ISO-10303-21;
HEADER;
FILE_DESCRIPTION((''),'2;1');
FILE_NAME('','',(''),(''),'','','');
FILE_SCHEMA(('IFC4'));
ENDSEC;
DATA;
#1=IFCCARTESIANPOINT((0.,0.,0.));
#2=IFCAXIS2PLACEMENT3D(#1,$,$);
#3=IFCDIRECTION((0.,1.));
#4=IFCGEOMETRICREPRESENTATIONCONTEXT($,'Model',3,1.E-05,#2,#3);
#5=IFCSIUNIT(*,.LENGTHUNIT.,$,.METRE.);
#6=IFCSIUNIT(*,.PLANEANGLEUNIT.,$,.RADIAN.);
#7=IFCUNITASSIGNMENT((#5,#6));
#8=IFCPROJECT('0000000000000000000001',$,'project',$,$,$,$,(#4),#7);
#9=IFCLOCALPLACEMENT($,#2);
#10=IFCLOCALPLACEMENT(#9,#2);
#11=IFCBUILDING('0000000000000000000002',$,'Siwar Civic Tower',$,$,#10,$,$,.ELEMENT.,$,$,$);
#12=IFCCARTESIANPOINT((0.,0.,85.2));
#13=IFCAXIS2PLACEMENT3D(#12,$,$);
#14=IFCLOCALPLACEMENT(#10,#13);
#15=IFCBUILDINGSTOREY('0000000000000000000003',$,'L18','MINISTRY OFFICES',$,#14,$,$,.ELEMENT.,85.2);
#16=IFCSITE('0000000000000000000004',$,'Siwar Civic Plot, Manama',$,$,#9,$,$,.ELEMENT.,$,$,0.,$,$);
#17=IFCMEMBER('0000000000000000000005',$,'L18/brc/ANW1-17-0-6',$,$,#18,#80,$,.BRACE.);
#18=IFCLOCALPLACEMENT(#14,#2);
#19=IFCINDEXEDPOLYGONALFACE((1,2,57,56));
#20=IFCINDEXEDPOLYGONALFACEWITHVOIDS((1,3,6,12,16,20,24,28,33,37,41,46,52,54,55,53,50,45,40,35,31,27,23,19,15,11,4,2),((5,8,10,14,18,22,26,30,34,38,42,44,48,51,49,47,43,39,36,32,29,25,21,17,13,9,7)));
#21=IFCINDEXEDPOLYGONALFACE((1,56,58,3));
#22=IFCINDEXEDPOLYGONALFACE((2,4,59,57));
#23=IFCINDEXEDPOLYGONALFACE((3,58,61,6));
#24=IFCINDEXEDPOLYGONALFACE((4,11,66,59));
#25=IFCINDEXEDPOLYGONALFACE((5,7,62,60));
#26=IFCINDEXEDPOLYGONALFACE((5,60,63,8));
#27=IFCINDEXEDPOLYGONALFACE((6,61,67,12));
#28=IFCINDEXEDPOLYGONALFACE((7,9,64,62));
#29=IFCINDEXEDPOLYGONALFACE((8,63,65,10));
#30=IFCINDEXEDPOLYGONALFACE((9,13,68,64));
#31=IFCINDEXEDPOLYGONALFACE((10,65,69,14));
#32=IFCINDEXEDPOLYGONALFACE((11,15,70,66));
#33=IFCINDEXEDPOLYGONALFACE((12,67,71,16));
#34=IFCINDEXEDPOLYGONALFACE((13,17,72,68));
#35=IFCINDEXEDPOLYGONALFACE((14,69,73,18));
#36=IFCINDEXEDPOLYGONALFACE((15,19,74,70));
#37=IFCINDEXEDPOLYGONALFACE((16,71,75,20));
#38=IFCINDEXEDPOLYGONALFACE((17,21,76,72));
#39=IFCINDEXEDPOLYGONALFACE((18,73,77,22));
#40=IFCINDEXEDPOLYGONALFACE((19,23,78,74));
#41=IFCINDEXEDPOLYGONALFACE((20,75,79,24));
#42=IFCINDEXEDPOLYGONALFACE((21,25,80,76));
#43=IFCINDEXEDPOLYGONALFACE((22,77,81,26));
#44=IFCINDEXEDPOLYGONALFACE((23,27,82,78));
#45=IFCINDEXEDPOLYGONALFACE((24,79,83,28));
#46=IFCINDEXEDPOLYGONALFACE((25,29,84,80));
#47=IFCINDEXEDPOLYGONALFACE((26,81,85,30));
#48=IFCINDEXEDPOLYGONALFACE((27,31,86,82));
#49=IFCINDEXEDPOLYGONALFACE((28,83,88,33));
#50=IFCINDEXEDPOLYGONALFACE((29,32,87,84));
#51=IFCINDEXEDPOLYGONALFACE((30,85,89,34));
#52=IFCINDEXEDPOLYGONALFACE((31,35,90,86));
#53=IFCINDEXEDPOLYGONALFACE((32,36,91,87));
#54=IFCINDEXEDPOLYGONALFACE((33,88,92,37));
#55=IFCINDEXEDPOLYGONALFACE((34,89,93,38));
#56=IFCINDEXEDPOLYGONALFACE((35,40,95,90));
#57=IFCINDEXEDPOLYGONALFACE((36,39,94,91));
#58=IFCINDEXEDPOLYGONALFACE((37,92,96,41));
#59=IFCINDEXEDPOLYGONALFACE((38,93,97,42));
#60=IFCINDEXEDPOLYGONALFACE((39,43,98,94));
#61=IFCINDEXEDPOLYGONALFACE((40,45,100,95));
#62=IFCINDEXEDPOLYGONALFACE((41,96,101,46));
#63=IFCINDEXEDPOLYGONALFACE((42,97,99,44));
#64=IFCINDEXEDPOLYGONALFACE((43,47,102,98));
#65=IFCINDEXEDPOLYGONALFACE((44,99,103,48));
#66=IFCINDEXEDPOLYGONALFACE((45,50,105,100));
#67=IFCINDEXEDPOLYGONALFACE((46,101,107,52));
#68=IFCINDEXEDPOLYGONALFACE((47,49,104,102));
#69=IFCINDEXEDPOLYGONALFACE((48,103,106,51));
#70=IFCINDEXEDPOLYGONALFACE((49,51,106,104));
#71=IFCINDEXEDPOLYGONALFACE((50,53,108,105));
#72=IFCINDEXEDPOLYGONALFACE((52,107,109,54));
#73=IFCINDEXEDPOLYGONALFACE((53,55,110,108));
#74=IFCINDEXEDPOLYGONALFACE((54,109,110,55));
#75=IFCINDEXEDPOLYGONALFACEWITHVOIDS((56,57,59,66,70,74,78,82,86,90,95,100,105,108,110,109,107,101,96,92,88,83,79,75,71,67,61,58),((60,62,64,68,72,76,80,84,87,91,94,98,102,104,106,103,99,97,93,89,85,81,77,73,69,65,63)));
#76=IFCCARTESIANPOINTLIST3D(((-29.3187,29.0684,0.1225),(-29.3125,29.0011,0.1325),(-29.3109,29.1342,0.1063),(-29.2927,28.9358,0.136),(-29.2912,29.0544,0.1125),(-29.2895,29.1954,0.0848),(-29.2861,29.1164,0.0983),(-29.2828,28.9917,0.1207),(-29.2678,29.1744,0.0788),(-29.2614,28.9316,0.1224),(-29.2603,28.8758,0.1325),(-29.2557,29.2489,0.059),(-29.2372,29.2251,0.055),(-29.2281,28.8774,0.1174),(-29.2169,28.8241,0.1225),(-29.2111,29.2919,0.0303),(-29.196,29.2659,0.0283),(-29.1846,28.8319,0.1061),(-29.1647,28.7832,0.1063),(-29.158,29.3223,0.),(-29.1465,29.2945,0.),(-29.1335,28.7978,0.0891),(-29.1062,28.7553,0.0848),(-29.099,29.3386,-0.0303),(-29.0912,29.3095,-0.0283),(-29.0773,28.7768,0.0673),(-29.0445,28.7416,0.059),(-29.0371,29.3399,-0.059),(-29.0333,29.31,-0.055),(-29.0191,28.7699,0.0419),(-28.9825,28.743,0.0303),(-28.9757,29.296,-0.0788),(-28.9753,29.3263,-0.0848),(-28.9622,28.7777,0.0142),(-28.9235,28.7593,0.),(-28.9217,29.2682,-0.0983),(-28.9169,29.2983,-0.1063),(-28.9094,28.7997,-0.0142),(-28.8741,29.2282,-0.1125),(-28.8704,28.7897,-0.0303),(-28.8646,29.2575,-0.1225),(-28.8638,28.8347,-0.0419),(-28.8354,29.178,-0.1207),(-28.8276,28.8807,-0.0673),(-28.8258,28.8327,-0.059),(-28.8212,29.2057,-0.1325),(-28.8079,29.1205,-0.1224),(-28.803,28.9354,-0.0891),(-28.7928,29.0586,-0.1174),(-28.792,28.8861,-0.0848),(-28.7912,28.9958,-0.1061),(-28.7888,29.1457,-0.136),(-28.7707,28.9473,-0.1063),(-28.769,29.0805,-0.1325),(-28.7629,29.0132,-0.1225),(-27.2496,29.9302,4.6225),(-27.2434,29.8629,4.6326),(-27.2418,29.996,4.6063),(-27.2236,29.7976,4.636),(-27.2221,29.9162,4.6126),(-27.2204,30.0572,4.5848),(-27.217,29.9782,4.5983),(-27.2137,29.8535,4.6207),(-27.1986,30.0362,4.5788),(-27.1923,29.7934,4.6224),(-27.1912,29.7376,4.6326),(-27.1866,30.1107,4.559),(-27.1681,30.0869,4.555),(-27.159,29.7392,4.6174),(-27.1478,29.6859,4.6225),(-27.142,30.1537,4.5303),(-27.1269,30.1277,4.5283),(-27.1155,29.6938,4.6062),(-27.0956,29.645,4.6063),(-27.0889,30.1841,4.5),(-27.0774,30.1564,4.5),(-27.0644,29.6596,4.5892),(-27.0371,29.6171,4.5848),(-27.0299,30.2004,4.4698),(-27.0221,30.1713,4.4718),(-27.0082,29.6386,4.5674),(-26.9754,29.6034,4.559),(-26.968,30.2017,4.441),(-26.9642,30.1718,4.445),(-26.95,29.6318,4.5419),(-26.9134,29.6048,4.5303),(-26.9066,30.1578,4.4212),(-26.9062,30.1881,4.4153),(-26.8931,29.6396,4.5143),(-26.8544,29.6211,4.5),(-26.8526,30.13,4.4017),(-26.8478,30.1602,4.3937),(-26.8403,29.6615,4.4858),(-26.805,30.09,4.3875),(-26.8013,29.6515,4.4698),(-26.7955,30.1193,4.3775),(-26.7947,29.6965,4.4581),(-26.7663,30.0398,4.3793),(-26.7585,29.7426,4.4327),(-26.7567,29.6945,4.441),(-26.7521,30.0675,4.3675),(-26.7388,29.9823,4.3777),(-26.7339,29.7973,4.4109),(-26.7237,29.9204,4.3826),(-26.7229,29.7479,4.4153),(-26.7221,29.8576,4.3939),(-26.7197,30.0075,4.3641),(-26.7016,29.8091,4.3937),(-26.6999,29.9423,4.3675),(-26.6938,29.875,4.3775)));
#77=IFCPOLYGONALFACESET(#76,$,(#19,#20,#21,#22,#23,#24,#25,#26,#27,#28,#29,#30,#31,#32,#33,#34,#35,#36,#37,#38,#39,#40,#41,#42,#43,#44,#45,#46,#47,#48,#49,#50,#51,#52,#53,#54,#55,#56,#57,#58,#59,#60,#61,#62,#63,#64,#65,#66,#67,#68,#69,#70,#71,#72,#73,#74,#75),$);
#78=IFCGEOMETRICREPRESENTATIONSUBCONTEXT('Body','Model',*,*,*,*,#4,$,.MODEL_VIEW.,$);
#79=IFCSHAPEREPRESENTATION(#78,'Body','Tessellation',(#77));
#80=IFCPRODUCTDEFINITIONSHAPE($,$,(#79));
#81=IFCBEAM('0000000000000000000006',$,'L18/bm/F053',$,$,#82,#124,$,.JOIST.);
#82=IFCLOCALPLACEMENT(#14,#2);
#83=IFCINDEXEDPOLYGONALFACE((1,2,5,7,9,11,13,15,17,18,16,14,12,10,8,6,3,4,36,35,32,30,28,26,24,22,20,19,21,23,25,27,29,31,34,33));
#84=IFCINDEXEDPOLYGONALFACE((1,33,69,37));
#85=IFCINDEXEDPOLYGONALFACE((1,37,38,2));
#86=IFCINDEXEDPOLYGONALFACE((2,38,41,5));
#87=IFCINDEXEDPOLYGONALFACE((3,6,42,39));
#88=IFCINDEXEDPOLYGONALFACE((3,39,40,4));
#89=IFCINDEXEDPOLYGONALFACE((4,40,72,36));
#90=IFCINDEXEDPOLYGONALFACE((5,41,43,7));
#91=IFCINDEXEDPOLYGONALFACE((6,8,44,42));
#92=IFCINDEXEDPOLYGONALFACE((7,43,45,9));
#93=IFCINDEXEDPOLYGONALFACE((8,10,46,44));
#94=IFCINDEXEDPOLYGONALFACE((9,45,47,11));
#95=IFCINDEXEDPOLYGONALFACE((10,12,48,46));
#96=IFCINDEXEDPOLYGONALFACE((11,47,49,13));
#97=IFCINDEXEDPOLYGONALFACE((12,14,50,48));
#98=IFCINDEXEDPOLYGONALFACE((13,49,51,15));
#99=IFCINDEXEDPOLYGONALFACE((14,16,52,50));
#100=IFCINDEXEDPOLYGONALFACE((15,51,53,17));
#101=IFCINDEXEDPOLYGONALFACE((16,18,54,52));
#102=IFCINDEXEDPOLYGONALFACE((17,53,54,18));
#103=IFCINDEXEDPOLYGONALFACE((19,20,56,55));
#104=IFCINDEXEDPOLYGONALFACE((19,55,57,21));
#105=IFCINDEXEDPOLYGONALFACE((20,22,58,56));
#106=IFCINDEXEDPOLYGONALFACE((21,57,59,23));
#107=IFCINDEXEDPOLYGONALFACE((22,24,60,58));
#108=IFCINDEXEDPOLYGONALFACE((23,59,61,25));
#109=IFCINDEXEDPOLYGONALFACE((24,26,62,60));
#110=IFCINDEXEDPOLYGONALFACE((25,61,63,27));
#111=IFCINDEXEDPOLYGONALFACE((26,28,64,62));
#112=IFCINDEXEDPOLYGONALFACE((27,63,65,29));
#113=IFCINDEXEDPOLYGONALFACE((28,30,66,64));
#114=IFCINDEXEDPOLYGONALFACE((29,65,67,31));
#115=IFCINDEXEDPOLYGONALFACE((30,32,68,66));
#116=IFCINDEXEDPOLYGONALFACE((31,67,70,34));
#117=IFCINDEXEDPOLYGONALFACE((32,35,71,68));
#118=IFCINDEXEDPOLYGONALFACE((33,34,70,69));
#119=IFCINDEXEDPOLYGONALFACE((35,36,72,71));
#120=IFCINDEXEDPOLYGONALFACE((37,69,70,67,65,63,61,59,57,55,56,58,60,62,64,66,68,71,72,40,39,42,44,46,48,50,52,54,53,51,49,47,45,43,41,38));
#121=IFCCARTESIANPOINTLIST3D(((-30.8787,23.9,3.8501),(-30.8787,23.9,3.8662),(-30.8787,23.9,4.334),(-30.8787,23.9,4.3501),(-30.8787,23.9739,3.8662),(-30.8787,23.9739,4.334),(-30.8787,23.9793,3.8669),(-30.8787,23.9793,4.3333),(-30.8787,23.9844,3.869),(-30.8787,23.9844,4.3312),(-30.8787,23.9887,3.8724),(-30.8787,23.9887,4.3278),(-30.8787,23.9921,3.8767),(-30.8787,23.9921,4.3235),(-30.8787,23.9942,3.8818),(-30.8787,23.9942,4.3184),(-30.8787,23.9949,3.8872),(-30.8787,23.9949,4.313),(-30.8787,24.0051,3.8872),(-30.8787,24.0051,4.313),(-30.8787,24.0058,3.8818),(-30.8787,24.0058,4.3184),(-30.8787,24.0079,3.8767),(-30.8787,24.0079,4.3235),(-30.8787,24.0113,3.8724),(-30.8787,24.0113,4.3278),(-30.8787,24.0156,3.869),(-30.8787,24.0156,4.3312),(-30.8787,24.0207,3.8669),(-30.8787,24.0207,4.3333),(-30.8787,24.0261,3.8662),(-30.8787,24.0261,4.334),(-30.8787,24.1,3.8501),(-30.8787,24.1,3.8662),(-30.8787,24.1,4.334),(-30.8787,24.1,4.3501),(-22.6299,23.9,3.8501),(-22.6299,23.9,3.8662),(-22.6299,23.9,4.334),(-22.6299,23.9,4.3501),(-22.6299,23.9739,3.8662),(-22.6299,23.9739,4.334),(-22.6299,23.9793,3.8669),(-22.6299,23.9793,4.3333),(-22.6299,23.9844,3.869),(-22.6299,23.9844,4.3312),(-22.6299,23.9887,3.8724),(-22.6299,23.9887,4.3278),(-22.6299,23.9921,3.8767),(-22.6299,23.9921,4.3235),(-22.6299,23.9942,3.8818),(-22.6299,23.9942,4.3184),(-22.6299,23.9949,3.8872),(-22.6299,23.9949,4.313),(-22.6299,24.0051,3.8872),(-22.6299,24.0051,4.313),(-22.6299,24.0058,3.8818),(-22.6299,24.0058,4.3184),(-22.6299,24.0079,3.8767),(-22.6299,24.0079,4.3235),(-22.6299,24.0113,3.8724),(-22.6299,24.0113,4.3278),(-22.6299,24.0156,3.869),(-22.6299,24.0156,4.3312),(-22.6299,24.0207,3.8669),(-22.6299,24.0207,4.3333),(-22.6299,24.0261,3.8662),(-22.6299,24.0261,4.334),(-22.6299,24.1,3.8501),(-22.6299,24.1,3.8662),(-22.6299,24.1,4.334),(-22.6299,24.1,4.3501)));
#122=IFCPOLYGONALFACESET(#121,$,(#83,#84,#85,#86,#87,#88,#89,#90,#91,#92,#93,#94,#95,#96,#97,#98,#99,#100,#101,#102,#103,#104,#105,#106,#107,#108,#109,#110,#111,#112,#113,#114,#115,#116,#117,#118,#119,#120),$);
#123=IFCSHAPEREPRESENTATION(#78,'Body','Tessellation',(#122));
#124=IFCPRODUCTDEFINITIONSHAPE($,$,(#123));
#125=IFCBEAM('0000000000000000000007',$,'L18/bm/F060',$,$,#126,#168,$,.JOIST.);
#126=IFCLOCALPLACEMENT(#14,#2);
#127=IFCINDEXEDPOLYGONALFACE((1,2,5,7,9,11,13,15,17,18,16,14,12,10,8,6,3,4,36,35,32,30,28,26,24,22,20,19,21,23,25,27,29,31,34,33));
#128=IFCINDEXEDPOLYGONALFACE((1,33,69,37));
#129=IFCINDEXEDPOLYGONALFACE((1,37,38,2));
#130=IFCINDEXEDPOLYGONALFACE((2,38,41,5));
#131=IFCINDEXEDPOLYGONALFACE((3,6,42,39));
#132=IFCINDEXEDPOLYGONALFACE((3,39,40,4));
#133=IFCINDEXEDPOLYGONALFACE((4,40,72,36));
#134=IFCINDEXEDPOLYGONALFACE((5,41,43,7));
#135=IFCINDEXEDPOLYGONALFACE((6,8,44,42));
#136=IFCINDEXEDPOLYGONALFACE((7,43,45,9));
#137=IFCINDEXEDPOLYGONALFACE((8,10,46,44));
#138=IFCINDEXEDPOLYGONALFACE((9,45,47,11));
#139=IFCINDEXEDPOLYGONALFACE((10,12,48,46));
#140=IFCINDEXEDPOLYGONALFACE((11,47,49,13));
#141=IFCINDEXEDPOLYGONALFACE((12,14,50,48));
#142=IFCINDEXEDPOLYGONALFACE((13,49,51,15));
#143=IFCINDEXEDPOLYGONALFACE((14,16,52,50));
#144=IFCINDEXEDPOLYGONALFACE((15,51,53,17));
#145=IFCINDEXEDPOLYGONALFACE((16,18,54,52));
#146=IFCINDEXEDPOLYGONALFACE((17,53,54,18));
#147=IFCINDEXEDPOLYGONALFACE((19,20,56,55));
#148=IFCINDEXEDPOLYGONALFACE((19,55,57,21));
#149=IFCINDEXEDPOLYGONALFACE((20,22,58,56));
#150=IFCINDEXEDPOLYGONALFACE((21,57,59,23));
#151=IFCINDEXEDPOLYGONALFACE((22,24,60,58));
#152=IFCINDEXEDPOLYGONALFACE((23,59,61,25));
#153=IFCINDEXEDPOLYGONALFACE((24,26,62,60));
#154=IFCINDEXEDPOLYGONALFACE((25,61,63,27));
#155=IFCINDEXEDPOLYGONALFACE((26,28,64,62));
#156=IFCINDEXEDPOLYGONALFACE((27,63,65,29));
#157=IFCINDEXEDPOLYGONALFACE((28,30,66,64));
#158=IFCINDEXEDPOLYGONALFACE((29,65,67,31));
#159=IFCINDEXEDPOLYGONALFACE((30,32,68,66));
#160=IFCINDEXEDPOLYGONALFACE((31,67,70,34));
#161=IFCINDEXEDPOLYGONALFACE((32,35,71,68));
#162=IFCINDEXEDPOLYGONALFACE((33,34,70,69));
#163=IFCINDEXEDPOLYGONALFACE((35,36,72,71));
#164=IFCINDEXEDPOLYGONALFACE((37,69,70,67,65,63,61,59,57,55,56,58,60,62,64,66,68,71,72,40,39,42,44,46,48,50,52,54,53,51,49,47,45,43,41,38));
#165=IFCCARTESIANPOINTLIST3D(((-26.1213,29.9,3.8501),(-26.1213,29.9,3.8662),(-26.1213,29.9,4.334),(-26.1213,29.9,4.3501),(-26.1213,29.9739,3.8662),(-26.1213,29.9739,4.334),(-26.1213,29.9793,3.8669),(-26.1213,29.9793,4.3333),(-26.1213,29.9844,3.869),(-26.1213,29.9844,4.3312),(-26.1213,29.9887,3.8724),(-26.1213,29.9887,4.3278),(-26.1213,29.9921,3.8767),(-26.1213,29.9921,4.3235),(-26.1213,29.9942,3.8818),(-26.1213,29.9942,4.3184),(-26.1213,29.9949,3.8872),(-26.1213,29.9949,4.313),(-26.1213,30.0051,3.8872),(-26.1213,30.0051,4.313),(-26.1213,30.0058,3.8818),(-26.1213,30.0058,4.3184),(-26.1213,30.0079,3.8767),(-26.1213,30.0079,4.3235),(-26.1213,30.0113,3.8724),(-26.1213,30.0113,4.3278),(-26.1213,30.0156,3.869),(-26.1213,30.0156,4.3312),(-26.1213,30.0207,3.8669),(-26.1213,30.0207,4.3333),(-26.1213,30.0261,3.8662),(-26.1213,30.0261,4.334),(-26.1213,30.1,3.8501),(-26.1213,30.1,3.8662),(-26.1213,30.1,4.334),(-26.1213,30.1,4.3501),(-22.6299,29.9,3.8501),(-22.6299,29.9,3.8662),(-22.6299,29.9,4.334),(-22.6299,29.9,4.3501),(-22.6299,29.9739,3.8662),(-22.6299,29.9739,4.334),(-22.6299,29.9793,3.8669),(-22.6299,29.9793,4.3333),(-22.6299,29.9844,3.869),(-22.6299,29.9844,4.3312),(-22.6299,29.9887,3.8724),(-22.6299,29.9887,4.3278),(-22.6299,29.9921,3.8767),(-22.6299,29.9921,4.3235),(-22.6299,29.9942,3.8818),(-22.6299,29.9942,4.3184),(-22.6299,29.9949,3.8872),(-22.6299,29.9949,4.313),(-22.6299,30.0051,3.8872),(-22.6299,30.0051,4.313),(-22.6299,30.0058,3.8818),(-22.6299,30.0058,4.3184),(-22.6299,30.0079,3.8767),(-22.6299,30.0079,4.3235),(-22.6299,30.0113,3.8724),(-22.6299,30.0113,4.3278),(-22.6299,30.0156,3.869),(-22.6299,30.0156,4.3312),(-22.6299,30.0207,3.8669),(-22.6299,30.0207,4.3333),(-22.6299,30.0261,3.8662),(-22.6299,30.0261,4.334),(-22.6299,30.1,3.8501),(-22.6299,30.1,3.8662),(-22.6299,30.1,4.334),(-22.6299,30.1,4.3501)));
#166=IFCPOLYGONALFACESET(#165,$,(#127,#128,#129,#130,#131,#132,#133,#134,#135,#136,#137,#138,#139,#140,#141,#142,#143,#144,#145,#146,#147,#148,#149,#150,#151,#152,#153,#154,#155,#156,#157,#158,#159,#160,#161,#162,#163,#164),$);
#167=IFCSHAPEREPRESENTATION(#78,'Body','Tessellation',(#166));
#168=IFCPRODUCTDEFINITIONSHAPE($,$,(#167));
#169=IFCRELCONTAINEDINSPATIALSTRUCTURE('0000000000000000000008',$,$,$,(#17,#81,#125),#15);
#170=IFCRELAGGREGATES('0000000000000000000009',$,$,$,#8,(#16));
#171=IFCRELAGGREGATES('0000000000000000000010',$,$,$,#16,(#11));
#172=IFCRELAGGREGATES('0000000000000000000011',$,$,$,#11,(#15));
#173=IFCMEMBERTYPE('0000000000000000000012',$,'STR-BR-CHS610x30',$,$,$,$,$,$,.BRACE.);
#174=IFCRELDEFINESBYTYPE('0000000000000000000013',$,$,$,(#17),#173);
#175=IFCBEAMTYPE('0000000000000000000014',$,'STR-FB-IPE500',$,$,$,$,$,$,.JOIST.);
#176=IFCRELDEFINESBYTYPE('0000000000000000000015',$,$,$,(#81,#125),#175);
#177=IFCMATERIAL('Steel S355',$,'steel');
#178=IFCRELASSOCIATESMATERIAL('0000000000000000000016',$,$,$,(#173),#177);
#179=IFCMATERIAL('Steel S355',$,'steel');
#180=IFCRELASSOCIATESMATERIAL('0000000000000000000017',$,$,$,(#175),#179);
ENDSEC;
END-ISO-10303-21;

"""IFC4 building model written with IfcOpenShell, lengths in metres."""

from ifc_helpers import new_model, si_unit, direction, frame, origin, origin_2d, place, context, subcontext, project, spatial, hollow_circle, i_section, extrude, material, material_profile, profile_set, type_object, element, save


model = new_model("IFC4")

# Units and contexts
model_context = context("Model", 3, precision=1e-05, world=origin(), true_north=direction((0.0, 1.0)))
body_context = subcontext(model_context, "Body", "Model", "MODEL_VIEW")
ifc_project = project(units=[si_unit("LENGTHUNIT", "METRE"), si_unit("PLANEANGLEUNIT", "RADIAN")], contexts=[model_context])

# Site, building, storey
site_placement = place(None, origin())
site = spatial("IfcSite", under=ifc_project, at=site_placement, Name="Siwar Civic Plot, Manama", CompositionType="ELEMENT", RefElevation=0.0)
building_placement = place(site_placement, origin())
building = spatial("IfcBuilding", under=site, at=building_placement, Name="Siwar Civic Tower", CompositionType="ELEMENT")
storey_placement = place(building_placement, frame((0.0, 0.0, 85.2)))
storey = spatial("IfcBuildingStorey", under=building, at=storey_placement, Name="L18", Description="MINISTRY OFFICES", CompositionType="ELEMENT", Elevation=85.2)

# Member
ifc_material_1 = material(Name="Steel S355", Category="steel")
ifc_material_profile_1 = material_profile(ifc_material_1, hollow_circle(Radius=0.3049, WallThickness=0.03, at=origin_2d()), Name="CHS610x30")
ifc_profile_set_1 = profile_set([ifc_material_profile_1], Name="Steel S355")
member_type_1 = type_object("IfcMemberType", Name="STR-BR-CHS610x30", PredefinedType="BRACE", material=ifc_profile_set_1)
member_1_placement = place(storey_placement, frame((-29.0408, 29.0408, 0.0), z_axis=(0.41157, 0.171427, 0.895111), x_axis=(-0.384499, 0.923125, 0.0)))
element("IfcMember", 1, at=member_1_placement, inside=storey, type_object=member_type_1, Name="L18/brc/ANW1-17-0-6", PredefinedType="BRACE", context=body_context, shape_type="SweptSolid", body=[
    extrude(hollow_circle(Radius=0.3049, WallThickness=0.03, at=origin_2d()), origin(), (0.0, 0.0, 1.0), 5.0273),
])

# Beams
ifc_material_2 = material(Name="Steel S355", Category="steel")
ifc_material_profile_2 = material_profile(ifc_material_2, i_section(OverallWidth=0.2, OverallDepth=0.5, WebThickness=0.0103, FlangeThickness=0.0161, FilletRadius=0.021, at=origin_2d()), Name="IPE500")
ifc_profile_set_2 = profile_set([ifc_material_profile_2], Name="Steel S355")
beam_type_1 = type_object("IfcBeamType", Name="STR-FB-IPE500", PredefinedType="JOIST", material=ifc_profile_set_2)
beam_1_placement = place(storey_placement, frame((-30.8787, 24.0, 4.1001), z_axis=(1.0, 0.0, 0.0), x_axis=(0.0, 1.0, 0.0)))
element("IfcBeam", 2, at=beam_1_placement, inside=storey, type_object=beam_type_1, Name="L18/bm/F053", PredefinedType="JOIST", context=body_context, shape_type="SweptSolid", body=[
    extrude(i_section(OverallWidth=0.2, OverallDepth=0.5, WebThickness=0.0103, FlangeThickness=0.0161, FilletRadius=0.021, at=origin_2d()), origin(), (0.0, 0.0, 1.0), 8.2488),
])
beam_2_placement = place(storey_placement, frame((-26.1213, 30.0, 4.1001), z_axis=(1.0, 0.0, 0.0), x_axis=(0.0, 1.0, 0.0)))
element("IfcBeam", 3, at=beam_2_placement, inside=storey, type_object=beam_type_1, Name="L18/bm/F060", PredefinedType="JOIST", context=body_context, shape_type="SweptSolid", body=[
    extrude(i_section(OverallWidth=0.2, OverallDepth=0.5, WebThickness=0.0103, FlangeThickness=0.0161, FilletRadius=0.021, at=origin_2d()), origin(), (0.0, 0.0, 1.0), 3.4915),
])

save(model, "model.ifc")
